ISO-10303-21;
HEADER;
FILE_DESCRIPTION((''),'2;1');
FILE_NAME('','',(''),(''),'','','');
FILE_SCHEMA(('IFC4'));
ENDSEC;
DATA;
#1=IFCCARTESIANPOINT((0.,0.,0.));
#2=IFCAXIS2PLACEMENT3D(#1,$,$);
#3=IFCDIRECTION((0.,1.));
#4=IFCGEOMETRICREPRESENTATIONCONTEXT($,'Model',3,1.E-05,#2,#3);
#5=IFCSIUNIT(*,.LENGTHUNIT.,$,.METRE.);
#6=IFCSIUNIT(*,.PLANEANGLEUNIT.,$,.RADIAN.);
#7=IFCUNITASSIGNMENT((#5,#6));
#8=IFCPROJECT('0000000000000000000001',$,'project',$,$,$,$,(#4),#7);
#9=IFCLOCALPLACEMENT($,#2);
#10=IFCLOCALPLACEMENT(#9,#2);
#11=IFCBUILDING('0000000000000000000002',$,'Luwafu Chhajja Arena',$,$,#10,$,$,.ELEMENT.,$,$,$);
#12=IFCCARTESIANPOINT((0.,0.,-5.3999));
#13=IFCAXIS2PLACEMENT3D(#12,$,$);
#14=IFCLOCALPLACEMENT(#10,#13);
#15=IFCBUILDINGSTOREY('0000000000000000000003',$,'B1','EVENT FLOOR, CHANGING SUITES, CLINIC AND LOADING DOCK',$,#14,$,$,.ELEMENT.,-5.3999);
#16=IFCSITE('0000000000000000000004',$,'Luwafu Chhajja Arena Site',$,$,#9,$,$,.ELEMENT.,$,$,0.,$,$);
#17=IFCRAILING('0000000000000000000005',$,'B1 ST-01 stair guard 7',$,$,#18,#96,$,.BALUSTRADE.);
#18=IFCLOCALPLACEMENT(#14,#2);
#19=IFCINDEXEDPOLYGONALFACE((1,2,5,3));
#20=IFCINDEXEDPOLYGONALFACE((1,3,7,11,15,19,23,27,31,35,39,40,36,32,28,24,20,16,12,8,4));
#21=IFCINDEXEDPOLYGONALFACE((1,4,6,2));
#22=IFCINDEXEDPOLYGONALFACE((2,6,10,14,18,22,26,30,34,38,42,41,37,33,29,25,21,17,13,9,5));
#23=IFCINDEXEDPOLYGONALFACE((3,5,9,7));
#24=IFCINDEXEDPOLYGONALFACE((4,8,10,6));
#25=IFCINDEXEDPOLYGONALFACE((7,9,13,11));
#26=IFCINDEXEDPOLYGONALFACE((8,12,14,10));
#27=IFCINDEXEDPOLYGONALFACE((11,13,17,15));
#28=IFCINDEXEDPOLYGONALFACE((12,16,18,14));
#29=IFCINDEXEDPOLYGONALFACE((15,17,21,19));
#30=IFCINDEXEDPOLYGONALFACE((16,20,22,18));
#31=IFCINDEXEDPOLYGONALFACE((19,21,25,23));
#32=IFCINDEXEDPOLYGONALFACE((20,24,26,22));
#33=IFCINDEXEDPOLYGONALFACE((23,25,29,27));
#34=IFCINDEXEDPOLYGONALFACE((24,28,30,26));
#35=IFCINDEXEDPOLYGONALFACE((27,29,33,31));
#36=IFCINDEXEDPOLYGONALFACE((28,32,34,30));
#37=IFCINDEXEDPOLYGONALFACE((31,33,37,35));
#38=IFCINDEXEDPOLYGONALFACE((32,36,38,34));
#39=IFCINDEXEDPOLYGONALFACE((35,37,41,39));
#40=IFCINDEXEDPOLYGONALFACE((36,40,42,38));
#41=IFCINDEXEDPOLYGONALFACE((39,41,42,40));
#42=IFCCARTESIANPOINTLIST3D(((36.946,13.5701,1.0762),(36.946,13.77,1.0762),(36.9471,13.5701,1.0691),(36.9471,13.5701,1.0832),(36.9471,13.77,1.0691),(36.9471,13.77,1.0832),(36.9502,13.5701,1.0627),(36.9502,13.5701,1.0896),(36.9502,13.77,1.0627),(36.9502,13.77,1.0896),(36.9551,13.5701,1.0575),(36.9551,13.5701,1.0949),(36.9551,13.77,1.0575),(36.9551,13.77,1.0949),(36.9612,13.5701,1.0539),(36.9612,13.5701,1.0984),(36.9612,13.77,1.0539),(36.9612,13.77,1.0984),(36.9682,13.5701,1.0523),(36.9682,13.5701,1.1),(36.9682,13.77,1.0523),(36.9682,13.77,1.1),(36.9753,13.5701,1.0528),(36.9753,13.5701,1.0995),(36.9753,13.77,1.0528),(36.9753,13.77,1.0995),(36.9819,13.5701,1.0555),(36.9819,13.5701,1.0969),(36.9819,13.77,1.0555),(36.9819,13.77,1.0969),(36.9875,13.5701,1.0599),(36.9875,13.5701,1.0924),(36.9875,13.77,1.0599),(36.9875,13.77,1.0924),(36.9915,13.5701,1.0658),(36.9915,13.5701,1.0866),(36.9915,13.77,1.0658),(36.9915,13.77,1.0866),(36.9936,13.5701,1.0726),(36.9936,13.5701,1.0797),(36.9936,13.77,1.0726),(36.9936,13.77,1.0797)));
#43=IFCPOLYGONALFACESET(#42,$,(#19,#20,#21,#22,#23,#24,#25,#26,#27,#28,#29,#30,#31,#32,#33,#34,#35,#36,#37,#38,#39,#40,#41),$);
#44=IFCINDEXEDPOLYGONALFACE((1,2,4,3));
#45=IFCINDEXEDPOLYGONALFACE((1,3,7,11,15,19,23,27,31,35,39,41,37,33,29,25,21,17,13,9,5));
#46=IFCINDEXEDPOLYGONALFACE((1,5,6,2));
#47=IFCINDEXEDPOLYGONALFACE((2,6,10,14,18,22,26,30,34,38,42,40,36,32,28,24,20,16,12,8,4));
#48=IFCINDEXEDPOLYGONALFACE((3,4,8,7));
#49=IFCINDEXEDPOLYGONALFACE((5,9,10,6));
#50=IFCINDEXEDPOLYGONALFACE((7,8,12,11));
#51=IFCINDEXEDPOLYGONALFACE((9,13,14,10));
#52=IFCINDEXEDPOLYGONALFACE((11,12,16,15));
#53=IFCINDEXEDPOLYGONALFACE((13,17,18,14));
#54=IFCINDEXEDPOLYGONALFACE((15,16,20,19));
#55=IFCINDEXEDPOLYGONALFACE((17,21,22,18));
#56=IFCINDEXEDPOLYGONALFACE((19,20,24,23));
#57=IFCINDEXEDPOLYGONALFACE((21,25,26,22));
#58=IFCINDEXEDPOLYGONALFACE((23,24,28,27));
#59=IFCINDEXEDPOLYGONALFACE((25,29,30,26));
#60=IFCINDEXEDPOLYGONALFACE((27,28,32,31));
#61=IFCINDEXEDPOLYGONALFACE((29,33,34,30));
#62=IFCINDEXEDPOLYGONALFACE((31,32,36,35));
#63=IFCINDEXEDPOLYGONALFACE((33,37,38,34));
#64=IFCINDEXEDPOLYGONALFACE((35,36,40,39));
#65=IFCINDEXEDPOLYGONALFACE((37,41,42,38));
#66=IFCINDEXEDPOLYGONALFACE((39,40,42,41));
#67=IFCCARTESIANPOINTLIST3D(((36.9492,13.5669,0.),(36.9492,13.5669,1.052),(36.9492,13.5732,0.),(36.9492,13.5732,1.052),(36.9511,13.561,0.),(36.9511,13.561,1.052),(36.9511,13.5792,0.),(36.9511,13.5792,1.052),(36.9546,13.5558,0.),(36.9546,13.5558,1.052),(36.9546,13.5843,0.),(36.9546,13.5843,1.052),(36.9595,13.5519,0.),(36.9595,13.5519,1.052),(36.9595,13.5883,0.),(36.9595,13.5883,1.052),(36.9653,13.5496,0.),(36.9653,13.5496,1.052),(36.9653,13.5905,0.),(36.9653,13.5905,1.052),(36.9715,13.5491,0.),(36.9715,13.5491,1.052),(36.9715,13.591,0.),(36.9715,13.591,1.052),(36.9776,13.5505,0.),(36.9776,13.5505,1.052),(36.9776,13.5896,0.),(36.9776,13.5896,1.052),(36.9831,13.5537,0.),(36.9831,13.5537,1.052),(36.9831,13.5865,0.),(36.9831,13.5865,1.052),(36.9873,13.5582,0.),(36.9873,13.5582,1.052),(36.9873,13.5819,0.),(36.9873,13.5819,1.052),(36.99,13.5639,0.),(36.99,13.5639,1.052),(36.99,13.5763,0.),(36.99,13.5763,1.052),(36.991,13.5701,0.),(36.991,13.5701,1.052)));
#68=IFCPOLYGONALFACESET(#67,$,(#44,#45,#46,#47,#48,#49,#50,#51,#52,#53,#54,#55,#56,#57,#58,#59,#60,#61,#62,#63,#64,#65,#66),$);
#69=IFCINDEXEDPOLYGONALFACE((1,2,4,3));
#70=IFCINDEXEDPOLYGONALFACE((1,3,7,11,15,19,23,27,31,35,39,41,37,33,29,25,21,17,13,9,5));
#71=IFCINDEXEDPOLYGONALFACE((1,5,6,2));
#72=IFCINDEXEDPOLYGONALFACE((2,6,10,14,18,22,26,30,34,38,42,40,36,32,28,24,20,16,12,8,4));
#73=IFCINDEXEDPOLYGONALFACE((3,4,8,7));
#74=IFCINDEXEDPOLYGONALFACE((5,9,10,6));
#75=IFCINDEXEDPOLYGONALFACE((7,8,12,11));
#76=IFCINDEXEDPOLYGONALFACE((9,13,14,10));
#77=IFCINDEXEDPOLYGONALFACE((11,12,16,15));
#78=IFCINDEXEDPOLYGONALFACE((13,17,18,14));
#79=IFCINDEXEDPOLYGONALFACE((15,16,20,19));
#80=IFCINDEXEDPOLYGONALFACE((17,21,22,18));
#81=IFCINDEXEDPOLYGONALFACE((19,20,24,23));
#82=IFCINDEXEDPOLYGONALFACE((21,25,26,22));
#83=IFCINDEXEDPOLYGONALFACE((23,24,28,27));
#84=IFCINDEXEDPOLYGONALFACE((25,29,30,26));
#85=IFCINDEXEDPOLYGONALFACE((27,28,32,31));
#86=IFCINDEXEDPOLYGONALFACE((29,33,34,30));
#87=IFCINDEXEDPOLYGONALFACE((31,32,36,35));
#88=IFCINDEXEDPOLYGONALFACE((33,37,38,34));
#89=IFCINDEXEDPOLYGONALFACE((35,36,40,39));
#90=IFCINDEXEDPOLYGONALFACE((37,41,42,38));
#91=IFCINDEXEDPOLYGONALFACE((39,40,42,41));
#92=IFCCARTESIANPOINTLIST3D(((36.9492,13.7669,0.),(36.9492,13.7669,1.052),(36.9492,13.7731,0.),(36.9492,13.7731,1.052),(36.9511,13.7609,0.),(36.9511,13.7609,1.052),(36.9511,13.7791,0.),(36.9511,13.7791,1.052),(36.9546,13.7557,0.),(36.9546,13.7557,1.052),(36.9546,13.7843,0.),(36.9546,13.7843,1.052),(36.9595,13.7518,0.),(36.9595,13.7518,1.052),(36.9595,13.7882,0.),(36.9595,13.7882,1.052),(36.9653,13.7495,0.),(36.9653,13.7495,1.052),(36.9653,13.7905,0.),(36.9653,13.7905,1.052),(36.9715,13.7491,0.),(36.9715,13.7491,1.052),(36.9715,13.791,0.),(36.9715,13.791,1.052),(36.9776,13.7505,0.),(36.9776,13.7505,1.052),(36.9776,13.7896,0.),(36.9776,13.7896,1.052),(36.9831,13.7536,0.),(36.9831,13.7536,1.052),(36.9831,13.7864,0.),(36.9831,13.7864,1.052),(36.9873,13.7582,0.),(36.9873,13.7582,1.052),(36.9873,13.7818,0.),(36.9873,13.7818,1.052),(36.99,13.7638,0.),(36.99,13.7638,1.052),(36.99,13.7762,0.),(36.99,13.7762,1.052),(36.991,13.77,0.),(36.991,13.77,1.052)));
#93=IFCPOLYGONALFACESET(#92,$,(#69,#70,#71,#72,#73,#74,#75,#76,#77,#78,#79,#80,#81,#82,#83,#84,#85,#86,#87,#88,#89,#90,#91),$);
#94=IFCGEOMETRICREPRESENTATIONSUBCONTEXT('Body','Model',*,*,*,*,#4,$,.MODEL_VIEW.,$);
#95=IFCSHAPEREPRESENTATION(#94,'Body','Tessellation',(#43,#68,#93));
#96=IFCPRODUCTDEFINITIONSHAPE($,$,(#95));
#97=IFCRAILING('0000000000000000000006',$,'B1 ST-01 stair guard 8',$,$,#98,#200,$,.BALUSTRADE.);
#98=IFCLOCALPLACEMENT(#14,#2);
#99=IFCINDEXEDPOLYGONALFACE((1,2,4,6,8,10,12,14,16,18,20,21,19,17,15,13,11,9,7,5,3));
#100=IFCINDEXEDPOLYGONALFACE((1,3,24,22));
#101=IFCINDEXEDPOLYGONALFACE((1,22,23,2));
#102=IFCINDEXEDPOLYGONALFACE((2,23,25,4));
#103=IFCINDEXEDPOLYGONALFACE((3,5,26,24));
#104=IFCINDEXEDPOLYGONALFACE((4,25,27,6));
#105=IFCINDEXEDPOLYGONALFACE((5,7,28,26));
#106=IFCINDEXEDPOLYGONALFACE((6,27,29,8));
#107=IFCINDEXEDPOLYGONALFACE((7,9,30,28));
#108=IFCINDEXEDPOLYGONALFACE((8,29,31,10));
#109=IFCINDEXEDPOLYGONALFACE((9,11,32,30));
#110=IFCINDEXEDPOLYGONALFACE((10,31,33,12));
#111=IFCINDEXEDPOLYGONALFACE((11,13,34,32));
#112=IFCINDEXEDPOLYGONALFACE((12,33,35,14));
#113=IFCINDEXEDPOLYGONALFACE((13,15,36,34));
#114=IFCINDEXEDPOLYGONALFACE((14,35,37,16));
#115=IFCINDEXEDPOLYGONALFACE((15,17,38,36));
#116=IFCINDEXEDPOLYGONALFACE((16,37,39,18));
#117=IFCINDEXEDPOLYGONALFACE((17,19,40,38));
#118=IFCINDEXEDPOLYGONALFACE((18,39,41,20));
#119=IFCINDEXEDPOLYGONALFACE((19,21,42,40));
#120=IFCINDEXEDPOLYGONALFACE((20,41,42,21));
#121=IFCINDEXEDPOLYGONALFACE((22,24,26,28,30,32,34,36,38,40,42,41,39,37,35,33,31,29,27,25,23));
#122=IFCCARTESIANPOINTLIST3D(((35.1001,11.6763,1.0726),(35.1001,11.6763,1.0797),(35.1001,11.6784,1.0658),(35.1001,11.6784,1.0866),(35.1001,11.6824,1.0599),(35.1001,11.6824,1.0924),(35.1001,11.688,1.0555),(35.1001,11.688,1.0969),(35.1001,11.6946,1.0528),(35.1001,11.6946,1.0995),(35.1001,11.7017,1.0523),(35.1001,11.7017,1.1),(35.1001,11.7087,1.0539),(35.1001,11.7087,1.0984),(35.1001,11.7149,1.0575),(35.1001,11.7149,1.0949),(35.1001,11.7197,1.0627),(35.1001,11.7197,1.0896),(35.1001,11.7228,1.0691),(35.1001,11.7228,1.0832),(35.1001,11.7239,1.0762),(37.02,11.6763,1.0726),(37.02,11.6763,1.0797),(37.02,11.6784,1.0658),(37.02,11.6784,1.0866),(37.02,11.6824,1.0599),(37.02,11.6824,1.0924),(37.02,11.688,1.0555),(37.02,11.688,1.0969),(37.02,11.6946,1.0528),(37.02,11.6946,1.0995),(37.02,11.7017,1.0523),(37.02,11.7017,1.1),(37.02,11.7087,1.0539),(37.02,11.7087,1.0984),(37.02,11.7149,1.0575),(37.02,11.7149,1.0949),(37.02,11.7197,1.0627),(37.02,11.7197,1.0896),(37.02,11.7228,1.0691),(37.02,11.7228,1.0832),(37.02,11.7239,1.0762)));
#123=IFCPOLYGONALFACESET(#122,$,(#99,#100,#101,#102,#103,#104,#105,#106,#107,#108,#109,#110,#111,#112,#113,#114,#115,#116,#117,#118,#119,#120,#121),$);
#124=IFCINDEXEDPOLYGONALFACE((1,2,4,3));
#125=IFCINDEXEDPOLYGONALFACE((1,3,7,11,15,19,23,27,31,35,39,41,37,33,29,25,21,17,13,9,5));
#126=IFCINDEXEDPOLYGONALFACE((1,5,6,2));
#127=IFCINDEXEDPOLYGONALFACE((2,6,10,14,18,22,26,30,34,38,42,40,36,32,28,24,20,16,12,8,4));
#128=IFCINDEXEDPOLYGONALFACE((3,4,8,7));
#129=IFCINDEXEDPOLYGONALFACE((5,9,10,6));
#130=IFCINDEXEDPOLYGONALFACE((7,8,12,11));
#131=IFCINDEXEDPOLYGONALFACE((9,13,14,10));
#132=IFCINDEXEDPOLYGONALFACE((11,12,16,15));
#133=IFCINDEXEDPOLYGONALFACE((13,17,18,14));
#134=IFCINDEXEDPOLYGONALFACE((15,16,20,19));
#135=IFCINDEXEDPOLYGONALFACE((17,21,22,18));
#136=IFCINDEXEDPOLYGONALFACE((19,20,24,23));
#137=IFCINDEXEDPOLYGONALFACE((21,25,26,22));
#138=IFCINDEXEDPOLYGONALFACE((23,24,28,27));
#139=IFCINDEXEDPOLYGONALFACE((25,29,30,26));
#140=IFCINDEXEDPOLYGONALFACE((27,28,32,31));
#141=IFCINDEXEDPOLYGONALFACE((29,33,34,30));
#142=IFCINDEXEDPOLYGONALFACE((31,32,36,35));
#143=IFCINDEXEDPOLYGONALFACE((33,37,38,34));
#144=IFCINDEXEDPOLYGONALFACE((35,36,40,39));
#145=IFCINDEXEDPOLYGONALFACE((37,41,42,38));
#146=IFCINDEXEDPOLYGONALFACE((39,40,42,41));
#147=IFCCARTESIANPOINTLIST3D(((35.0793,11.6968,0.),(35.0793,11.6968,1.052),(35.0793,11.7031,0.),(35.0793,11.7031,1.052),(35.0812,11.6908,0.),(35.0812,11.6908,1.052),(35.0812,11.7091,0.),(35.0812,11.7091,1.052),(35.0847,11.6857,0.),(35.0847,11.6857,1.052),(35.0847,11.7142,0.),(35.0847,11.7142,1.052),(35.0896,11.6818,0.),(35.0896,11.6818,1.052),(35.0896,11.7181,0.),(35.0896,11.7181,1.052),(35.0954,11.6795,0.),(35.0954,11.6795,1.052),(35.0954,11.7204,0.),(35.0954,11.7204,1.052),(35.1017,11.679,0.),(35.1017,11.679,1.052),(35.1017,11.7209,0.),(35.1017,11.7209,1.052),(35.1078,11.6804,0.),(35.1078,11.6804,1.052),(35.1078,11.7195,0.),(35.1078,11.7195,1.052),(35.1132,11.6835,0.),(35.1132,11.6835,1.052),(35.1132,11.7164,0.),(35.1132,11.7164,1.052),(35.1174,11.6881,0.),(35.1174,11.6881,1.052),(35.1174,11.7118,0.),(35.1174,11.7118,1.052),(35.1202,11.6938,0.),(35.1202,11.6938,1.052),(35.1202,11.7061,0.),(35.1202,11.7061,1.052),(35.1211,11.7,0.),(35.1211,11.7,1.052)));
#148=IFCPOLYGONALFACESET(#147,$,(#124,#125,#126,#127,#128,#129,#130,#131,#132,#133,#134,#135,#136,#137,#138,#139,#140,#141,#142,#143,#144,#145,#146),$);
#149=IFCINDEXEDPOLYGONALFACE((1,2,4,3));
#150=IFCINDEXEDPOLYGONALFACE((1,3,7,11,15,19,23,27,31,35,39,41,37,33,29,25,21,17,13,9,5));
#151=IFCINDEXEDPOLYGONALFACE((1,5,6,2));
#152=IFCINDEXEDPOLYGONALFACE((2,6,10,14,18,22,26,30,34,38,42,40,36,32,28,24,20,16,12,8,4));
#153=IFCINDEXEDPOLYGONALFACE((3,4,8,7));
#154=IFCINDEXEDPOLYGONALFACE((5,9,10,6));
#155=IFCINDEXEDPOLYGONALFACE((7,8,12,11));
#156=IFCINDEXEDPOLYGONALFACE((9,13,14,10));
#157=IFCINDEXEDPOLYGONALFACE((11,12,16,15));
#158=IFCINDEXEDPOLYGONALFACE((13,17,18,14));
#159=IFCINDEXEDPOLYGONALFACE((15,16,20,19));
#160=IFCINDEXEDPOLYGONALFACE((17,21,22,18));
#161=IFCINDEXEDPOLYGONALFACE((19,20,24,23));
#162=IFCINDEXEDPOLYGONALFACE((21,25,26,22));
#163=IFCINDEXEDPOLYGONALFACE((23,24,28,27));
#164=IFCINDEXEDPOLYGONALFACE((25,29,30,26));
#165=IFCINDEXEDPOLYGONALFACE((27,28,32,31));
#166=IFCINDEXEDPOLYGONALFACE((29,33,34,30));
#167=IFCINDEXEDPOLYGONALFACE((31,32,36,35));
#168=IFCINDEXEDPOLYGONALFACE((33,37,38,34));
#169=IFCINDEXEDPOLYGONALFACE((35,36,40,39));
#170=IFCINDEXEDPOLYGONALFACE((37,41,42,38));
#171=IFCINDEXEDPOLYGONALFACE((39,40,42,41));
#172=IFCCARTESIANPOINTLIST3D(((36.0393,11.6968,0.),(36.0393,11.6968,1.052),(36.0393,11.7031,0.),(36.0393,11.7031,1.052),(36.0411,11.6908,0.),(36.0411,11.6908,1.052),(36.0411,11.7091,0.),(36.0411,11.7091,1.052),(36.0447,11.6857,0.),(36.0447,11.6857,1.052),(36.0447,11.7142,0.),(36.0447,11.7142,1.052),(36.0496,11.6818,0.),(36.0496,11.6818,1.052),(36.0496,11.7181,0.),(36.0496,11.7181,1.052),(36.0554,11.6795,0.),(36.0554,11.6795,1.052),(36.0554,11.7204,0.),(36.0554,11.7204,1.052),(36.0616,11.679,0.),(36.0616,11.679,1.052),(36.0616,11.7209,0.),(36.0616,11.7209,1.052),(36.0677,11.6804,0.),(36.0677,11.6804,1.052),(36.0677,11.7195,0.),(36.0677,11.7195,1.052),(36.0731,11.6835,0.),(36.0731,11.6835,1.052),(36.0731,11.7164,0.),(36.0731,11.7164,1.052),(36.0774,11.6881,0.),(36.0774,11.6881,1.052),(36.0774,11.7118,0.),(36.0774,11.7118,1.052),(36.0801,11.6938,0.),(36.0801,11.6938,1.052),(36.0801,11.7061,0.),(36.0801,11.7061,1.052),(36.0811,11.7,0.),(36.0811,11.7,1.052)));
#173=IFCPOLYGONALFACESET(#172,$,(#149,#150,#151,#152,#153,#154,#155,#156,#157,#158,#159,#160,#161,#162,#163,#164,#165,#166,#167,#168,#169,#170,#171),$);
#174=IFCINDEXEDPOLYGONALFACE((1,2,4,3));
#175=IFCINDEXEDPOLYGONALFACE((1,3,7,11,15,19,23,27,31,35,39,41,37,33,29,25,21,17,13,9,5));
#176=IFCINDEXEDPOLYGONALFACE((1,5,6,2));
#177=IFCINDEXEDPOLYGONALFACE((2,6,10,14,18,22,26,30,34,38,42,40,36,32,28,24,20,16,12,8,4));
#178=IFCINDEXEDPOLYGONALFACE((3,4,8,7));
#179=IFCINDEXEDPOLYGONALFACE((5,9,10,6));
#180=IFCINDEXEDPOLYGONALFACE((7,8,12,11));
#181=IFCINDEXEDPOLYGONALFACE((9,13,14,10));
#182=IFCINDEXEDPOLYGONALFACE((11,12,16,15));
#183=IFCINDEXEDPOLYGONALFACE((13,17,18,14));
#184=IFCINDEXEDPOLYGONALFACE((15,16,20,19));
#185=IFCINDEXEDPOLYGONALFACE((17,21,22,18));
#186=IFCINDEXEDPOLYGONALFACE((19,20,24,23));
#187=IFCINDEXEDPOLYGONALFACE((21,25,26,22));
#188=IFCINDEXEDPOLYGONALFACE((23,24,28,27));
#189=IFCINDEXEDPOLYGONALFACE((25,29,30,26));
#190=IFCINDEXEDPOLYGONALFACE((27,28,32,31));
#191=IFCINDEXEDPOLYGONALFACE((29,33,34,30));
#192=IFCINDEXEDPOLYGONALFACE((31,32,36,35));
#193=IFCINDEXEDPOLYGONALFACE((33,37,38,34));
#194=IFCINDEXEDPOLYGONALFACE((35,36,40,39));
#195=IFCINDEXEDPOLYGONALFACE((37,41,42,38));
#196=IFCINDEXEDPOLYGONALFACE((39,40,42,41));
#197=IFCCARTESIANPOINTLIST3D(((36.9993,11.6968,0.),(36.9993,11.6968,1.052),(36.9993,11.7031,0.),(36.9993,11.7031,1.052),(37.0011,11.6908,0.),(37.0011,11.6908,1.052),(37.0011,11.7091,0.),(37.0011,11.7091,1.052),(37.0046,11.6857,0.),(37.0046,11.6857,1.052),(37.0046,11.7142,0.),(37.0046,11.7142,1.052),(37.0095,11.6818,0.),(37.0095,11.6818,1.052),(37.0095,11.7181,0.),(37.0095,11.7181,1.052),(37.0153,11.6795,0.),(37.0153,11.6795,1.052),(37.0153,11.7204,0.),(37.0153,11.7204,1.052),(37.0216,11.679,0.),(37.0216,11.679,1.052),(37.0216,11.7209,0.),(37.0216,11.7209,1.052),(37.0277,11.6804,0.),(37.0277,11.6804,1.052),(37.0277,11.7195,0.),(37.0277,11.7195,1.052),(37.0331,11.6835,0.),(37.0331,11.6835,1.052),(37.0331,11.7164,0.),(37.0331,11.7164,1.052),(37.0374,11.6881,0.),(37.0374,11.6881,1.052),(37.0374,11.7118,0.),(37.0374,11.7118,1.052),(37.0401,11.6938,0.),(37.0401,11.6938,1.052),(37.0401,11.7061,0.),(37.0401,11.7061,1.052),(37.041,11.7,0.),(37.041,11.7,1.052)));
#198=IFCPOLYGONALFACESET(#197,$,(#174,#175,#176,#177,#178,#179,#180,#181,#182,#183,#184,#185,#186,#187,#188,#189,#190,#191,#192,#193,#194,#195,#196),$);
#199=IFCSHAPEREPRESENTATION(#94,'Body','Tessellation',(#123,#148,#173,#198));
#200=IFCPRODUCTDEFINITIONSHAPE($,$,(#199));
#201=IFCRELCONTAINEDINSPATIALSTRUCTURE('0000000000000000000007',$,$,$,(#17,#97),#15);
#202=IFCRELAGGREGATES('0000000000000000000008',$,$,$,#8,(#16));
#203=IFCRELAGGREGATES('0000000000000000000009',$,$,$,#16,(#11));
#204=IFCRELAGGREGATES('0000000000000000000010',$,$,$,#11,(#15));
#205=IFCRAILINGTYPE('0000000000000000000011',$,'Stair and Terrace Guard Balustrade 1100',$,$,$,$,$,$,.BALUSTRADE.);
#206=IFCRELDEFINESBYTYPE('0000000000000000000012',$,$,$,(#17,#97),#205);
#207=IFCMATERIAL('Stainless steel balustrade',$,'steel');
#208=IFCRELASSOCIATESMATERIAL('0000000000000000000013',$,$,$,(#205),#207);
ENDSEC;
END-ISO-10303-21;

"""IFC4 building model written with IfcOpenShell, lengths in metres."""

from ifc_helpers import new_model, si_unit, direction, frame, origin, origin_2d, place, context, subcontext, project, spatial, circle, extrude, material, type_object, element, save


model = new_model("IFC4")

# Units and contexts
model_context = context("Model", 3, precision=1e-05, world=origin(), true_north=direction((0.0, 1.0)))
body_context = subcontext(model_context, "Body", "Model", "MODEL_VIEW")
ifc_project = project(units=[si_unit("LENGTHUNIT", "METRE"), si_unit("PLANEANGLEUNIT", "RADIAN")], contexts=[model_context])

# Site, building, storey
site_placement = place(None, origin())
site = spatial("IfcSite", under=ifc_project, at=site_placement, Name="Luwafu Chhajja Arena Site", CompositionType="ELEMENT", RefElevation=0.0)
building_placement = place(site_placement, origin())
building = spatial("IfcBuilding", under=site, at=building_placement, Name="Luwafu Chhajja Arena", CompositionType="ELEMENT")
storey_placement = place(building_placement, frame((0.0, 0.0, -5.3999)))
storey = spatial("IfcBuildingStorey", under=building, at=storey_placement, Name="B1", Description="EVENT FLOOR, CHANGING SUITES, CLINIC AND LOADING DOCK", CompositionType="ELEMENT", Elevation=-5.3999)

# Railings
ifc_material_1 = material(Name="Stainless steel balustrade", Category="steel")
railing_type_1 = type_object("IfcRailingType", Name="Stair and Terrace Guard Balustrade 1100", PredefinedType="BALUSTRADE", material=ifc_material_1)
railing_1_placement = place(storey_placement, frame((36.97, 13.5701, 0.0)))
element("IfcRailing", 1, at=railing_1_placement, inside=storey, type_object=railing_type_1, Name="B1 ST-01 stair guard 7", PredefinedType="BALUSTRADE", context=body_context, shape_type="SweptSolid", body=[
    extrude(circle(Radius=0.0239, at=origin_2d()), frame((0.0, 0.0, 1.0762), z_axis=(0.0, 1.0, 0.0), x_axis=(-1.0, 0.0, 0.0)), (0.0, 0.0, 1.0), 0.2),
    extrude(circle(Radius=0.021, at=origin_2d()), origin(), (0.0, 0.0, 1.0), 1.052),
    extrude(circle(Radius=0.021, at=origin_2d()), frame((0.0, 0.2, 0.0)), (0.0, 0.0, 1.0), 1.052),
])
for number, where, name in (
    (2, (35.1001, 11.7, 0.0), "B1 ST-01 stair guard 8"),
):
    element("IfcRailing", number, at=place(storey_placement, frame(where)), inside=storey, type_object=railing_type_1, Name=name, PredefinedType="BALUSTRADE", context=body_context, shape_type="SweptSolid", body=[
        extrude(circle(Radius=0.0239, at=origin_2d()), frame((0.0, 0.0, 1.0762), z_axis=(1.0, 0.0, 0.0), x_axis=(0.0, 1.0, 0.0)), (0.0, 0.0, 1.0), 1.9199),
        extrude(circle(Radius=0.021, at=origin_2d()), origin(), (0.0, 0.0, 1.0), 1.052),
        extrude(circle(Radius=0.021, at=origin_2d()), frame((0.96, 0.0, 0.0)), (0.0, 0.0, 1.0), 1.052),
        extrude(circle(Radius=0.021, at=origin_2d()), frame((1.9199, 0.0, 0.0)), (0.0, 0.0, 1.0), 1.052),
    ])

save(model, "model.ifc")
